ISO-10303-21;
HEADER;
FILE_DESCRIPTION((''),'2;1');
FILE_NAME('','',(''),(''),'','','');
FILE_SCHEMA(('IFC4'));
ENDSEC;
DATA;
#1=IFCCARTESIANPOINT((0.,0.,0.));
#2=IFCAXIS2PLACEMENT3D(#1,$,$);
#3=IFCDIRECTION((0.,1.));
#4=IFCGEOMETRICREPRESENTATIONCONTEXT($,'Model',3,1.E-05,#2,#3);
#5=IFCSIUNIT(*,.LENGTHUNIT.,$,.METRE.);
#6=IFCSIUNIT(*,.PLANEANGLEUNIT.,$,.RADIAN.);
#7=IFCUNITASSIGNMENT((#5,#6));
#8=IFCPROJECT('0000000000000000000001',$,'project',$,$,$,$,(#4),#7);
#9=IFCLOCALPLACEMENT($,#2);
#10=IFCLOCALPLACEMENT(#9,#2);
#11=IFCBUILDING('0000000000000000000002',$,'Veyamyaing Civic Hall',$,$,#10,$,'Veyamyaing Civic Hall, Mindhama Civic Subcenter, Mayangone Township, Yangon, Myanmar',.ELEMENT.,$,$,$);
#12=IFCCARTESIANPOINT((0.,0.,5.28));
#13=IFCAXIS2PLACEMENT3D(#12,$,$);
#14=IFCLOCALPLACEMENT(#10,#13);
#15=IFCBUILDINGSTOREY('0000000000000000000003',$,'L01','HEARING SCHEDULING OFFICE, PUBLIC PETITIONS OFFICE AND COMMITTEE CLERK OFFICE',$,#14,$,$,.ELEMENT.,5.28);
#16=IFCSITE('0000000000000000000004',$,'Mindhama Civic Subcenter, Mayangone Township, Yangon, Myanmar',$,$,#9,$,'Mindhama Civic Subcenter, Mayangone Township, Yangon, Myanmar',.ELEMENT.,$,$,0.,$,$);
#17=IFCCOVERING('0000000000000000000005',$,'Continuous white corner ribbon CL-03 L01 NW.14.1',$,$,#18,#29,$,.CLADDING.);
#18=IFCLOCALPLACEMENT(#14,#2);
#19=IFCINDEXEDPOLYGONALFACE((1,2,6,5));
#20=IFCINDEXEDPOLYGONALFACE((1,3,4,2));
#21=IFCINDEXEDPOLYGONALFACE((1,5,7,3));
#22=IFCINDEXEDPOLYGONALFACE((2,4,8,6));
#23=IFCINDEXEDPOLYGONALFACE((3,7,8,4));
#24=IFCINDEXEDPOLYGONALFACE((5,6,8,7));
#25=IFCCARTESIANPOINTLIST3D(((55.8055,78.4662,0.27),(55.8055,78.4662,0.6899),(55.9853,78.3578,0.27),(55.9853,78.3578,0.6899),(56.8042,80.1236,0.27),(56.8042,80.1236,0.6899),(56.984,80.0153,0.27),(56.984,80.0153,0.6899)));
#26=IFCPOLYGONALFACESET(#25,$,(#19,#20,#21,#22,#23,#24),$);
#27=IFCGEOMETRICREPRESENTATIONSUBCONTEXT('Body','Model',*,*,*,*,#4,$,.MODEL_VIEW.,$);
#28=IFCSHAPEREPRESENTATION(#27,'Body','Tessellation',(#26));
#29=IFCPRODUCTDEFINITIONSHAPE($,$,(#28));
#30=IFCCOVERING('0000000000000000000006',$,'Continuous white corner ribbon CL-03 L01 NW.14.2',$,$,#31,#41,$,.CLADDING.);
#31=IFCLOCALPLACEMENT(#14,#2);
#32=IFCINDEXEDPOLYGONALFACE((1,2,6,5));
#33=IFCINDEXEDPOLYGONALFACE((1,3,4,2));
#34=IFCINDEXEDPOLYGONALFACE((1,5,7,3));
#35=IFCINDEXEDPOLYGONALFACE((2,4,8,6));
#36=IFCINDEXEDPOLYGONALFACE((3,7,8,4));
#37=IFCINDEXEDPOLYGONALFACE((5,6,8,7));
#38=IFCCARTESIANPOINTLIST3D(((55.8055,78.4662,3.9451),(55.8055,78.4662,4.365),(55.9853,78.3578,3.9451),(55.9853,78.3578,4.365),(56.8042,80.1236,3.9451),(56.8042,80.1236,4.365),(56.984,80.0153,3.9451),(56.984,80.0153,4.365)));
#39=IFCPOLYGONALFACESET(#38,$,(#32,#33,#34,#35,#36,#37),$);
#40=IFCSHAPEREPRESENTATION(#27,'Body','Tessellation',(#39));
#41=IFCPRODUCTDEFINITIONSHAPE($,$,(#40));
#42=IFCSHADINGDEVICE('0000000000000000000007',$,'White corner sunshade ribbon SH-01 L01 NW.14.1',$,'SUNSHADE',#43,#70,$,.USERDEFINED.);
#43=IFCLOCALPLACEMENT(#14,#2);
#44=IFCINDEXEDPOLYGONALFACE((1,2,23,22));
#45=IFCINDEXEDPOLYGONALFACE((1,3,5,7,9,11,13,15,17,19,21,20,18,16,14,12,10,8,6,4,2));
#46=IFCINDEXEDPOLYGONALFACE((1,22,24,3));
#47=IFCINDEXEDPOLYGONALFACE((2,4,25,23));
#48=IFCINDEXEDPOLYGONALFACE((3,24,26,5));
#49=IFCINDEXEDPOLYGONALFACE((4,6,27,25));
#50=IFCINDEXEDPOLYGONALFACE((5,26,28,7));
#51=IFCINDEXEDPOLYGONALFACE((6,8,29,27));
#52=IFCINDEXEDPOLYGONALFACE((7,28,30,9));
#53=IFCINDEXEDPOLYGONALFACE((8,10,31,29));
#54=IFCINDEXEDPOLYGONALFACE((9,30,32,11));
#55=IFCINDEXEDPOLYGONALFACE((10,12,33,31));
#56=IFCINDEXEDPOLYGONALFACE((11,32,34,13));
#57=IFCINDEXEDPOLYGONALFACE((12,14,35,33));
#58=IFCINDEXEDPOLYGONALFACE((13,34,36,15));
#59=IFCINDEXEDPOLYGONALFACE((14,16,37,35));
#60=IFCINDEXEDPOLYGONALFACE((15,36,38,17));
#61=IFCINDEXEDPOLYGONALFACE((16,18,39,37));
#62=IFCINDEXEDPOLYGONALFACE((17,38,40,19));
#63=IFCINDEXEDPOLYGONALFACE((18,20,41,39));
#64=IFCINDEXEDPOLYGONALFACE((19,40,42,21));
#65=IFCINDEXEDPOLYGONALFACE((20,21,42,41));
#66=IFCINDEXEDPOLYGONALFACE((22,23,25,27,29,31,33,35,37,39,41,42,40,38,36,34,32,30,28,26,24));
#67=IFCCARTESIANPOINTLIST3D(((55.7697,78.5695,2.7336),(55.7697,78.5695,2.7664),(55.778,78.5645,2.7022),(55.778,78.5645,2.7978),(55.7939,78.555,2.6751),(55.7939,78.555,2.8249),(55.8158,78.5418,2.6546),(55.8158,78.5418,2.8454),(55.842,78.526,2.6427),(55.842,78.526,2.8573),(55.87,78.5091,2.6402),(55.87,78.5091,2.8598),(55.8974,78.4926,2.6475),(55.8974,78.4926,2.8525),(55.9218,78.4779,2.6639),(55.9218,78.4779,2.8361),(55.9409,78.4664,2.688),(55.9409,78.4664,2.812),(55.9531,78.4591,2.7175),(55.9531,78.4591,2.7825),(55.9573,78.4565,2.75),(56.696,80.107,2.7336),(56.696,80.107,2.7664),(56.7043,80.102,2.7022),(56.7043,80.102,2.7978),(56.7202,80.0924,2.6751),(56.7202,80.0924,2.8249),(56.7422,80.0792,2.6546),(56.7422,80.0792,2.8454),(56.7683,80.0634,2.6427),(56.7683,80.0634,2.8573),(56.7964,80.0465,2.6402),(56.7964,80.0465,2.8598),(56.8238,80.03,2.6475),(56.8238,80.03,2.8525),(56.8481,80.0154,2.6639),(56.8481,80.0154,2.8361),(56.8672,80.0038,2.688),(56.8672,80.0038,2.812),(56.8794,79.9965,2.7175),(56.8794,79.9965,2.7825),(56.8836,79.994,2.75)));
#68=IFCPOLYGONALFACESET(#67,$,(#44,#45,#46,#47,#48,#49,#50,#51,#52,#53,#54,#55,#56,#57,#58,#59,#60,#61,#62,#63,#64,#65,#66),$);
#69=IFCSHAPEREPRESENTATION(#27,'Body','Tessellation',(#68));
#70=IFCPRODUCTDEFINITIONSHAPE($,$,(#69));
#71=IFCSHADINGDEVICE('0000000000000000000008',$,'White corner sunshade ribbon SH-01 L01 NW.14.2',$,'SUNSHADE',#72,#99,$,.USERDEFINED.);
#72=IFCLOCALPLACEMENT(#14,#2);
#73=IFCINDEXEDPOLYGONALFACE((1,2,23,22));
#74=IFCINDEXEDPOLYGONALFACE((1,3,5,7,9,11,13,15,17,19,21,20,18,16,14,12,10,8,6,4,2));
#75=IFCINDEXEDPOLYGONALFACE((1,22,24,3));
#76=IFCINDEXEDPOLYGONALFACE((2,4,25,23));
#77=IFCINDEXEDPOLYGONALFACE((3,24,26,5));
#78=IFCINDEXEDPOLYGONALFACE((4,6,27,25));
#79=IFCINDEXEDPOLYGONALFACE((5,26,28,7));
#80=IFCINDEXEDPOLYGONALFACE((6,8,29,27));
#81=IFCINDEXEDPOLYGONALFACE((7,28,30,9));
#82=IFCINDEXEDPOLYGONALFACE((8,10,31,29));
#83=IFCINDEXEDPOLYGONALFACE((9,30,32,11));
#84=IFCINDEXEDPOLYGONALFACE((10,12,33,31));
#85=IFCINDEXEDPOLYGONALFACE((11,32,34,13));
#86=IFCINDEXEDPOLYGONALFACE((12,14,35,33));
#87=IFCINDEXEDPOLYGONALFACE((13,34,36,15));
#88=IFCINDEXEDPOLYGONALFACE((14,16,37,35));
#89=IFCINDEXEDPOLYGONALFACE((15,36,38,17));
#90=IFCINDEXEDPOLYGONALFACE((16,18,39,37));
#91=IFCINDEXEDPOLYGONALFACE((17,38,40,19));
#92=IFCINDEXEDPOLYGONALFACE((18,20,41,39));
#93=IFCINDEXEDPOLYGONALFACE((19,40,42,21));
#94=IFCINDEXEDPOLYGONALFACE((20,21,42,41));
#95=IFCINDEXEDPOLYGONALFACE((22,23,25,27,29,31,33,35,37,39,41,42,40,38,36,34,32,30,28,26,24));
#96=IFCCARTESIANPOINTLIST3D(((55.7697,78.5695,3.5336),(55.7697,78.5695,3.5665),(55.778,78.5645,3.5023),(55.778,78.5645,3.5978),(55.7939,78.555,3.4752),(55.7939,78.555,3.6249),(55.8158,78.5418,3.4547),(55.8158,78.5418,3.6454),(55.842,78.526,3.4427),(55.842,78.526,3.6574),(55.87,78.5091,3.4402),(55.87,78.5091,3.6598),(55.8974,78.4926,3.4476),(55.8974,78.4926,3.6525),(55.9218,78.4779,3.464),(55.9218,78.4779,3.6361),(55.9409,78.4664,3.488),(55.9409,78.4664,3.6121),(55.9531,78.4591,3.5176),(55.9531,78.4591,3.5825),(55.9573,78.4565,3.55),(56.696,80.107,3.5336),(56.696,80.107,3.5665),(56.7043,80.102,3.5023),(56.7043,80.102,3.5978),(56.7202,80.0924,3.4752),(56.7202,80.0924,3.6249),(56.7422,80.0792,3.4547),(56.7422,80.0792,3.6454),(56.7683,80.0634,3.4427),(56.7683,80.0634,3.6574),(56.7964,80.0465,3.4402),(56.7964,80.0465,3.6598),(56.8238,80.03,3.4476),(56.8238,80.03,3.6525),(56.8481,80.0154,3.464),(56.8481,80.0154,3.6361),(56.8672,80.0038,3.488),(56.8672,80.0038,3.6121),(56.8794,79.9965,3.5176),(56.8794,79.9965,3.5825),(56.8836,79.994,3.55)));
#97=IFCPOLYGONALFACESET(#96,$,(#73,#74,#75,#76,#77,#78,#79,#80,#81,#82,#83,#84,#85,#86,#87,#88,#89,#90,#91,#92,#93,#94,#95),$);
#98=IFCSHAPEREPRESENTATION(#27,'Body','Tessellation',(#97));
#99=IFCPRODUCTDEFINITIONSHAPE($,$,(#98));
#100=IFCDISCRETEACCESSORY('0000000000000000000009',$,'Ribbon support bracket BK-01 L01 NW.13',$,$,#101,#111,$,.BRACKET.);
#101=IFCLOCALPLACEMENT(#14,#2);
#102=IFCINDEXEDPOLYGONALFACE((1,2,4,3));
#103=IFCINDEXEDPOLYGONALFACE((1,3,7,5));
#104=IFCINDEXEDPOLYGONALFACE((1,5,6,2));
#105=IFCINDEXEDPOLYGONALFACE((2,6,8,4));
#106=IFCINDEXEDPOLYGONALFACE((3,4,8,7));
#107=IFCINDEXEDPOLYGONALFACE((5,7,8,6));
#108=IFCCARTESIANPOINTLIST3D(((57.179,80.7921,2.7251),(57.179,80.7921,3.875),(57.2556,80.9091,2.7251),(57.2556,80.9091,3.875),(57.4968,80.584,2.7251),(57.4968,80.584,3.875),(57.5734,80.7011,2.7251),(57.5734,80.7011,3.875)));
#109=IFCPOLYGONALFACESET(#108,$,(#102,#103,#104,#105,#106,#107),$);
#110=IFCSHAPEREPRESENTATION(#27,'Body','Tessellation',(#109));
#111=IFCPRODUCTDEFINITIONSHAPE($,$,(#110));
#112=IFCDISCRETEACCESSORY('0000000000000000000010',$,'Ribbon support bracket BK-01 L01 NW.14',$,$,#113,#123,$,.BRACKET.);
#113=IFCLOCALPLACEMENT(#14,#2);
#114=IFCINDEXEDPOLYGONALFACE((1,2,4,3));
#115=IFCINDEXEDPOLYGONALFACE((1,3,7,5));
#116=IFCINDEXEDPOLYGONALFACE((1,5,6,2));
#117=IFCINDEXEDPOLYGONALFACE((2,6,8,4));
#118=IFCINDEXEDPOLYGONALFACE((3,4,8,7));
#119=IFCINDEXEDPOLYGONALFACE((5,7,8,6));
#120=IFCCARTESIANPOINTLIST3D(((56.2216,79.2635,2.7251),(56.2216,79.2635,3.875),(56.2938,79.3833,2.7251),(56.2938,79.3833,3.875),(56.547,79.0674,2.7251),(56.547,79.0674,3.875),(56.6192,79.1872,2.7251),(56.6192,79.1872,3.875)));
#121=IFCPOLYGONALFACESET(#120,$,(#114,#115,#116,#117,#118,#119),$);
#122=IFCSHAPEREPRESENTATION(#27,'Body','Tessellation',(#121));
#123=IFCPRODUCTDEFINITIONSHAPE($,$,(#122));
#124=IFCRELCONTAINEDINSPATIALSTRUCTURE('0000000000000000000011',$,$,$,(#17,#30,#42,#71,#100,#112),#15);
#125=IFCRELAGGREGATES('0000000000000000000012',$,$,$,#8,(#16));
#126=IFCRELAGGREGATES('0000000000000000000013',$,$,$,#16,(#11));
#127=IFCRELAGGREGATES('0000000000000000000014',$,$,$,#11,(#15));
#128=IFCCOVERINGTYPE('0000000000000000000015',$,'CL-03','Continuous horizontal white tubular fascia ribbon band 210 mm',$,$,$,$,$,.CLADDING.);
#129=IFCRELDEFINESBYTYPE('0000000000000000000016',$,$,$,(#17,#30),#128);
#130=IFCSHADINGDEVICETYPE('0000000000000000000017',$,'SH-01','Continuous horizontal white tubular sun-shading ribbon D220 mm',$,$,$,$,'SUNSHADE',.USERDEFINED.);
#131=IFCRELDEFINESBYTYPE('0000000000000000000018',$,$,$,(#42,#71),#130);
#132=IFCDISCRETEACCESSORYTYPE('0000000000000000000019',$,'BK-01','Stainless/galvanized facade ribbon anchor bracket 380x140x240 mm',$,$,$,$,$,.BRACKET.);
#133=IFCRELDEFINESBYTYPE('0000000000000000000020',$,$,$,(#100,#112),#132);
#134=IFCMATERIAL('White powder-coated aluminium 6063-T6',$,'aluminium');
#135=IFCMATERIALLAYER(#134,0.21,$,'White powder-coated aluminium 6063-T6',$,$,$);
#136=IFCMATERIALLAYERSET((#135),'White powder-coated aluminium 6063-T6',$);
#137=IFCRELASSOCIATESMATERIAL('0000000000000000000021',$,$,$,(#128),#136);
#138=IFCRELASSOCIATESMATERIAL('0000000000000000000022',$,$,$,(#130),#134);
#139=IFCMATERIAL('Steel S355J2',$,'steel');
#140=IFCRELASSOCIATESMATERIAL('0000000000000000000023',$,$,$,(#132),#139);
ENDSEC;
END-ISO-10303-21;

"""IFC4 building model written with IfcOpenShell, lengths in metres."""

from ifc_helpers import new_model, si_unit, direction, frame, origin, origin_2d, place, context, subcontext, project, spatial, rectangle, circle, extrude, material, layer, layer_set, material_profile, profile_set, type_object, element, save


model = new_model("IFC4")

# Units and contexts
model_context = context("Model", 3, precision=1e-05, world=origin(), true_north=direction((0.0, 1.0)))
body_context = subcontext(model_context, "Body", "Model", "MODEL_VIEW")
ifc_project = project(units=[si_unit("LENGTHUNIT", "METRE"), si_unit("PLANEANGLEUNIT", "RADIAN")], contexts=[model_context])

# Site, building, storey
site_placement = place(None, origin())
site = spatial("IfcSite", under=ifc_project, at=site_placement, Name="Mindhama Civic Subcenter, Mayangone Township, Yangon, Myanmar", LongName="Mindhama Civic Subcenter, Mayangone Township, Yangon, Myanmar", CompositionType="ELEMENT", RefElevation=0.0)
building_placement = place(site_placement, origin())
building = spatial("IfcBuilding", under=site, at=building_placement, Name="Veyamyaing Civic Hall", LongName="Veyamyaing Civic Hall, Mindhama Civic Subcenter, Mayangone Township, Yangon, Myanmar", CompositionType="ELEMENT")
storey_placement = place(building_placement, frame((0.0, 0.0, 5.28)))
storey = spatial("IfcBuildingStorey", under=building, at=storey_placement, Name="L01", Description="HEARING SCHEDULING OFFICE, PUBLIC PETITIONS OFFICE AND COMMITTEE CLERK OFFICE", CompositionType="ELEMENT", Elevation=5.28)

# Coverings
ifc_material_1 = material(Name="White powder-coated aluminium 6063-T6", Category="aluminium")
ifc_layer_1 = layer(ifc_material_1, 0.21, Name="White powder-coated aluminium 6063-T6")
ifc_layer_set_1 = layer_set([ifc_layer_1], Name="White powder-coated aluminium 6063-T6")
covering_type = type_object("IfcCoveringType", Name="CL-03", Description="Continuous horizontal white tubular fascia ribbon band 210 mm", PredefinedType="CLADDING", material=ifc_layer_set_1)
for number, where, z_axis, x_axis, name in (
    (1, (56.3948, 79.2407, 0.27), (0.0, 0.0, 1.0), (-0.516107, -0.856524, 0.0), "Continuous white corner ribbon CL-03 L01 NW.14.1"),
    (2, (56.3948, 79.2407, 3.9451), (0.0, 0.0, 1.0), (-0.516107, -0.856524, 0.0), "Continuous white corner ribbon CL-03 L01 NW.14.2"),
):
    element("IfcCovering", number, at=place(storey_placement, frame(where, z_axis=z_axis, x_axis=x_axis)), inside=storey, type_object=covering_type, Name=name, PredefinedType="CLADDING", context=body_context, shape_type="SweptSolid", body=[
        extrude(rectangle(XDim=1.9351, YDim=0.21, at=origin_2d()), origin(), (0.0, 0.0, 1.0), 0.4199),
    ])

# Shading devices
ifc_material_profile_1 = material_profile(ifc_material_1, circle(Radius=0.1101, at=origin_2d()), Name="SHADE-TUBE-220")
ifc_profile_set_1 = profile_set([ifc_material_profile_1], Name="White powder-coated aluminium 6063-T6")
shading_device_type = type_object("IfcShadingDeviceType", Name="SH-01", Description="Continuous horizontal white tubular sun-shading ribbon D220 mm", ElementType="SUNSHADE", PredefinedType="USERDEFINED", material=ifc_profile_set_1)
for number, where, z_axis, x_axis, name in (
    (3, (56.7893, 80.0508, 2.75), (-0.516075, -0.856543, 0.0), (0.856543, -0.516075, 0.0), "White corner sunshade ribbon SH-01 L01 NW.14.1"),
    (4, (56.7893, 80.0508, 3.55), (-0.516075, -0.856543, 0.0), (0.856543, -0.516075, 0.0), "White corner sunshade ribbon SH-01 L01 NW.14.2"),
):
    element("IfcShadingDevice", number, at=place(storey_placement, frame(where, z_axis=z_axis, x_axis=x_axis)), inside=storey, type_object=shading_device_type, Name=name, ObjectType="SUNSHADE", PredefinedType="USERDEFINED", context=body_context, shape_type="SweptSolid", body=[
        extrude(circle(Radius=0.1101, at=origin_2d()), origin(), (0.0, 0.0, 1.0), 1.7949),
    ])

# Discrete accessories
ifc_material_2 = material(Name="Steel S355J2", Category="steel")
discrete_accessory_type = type_object("IfcDiscreteAccessoryType", Name="BK-01", Description="Stainless/galvanized facade ribbon anchor bracket 380x140x240 mm", PredefinedType="BRACKET", material=ifc_material_2)
for number, where, z_axis, x_axis, name in (
    (5, (57.3762, 80.7466, 2.7251), (0.0, 0.0, 1.0), (-0.836628, 0.547772, 0.0), "Ribbon support bracket BK-01 L01 NW.13"),
    (6, (56.4204, 79.2253, 2.7251), (0.0, 0.0, 1.0), (-0.856525, 0.516106, 0.0), "Ribbon support bracket BK-01 L01 NW.14"),
):
    element("IfcDiscreteAccessory", number, at=place(storey_placement, frame(where, z_axis=z_axis, x_axis=x_axis)), inside=storey, type_object=discrete_accessory_type, Name=name, PredefinedType="BRACKET", context=body_context, shape_type="SweptSolid", body=[
        extrude(rectangle(XDim=0.3799, YDim=0.1399, at=origin_2d()), origin(), (0.0, 0.0, 1.0), 1.1499),
    ])

save(model, "model.ifc")
